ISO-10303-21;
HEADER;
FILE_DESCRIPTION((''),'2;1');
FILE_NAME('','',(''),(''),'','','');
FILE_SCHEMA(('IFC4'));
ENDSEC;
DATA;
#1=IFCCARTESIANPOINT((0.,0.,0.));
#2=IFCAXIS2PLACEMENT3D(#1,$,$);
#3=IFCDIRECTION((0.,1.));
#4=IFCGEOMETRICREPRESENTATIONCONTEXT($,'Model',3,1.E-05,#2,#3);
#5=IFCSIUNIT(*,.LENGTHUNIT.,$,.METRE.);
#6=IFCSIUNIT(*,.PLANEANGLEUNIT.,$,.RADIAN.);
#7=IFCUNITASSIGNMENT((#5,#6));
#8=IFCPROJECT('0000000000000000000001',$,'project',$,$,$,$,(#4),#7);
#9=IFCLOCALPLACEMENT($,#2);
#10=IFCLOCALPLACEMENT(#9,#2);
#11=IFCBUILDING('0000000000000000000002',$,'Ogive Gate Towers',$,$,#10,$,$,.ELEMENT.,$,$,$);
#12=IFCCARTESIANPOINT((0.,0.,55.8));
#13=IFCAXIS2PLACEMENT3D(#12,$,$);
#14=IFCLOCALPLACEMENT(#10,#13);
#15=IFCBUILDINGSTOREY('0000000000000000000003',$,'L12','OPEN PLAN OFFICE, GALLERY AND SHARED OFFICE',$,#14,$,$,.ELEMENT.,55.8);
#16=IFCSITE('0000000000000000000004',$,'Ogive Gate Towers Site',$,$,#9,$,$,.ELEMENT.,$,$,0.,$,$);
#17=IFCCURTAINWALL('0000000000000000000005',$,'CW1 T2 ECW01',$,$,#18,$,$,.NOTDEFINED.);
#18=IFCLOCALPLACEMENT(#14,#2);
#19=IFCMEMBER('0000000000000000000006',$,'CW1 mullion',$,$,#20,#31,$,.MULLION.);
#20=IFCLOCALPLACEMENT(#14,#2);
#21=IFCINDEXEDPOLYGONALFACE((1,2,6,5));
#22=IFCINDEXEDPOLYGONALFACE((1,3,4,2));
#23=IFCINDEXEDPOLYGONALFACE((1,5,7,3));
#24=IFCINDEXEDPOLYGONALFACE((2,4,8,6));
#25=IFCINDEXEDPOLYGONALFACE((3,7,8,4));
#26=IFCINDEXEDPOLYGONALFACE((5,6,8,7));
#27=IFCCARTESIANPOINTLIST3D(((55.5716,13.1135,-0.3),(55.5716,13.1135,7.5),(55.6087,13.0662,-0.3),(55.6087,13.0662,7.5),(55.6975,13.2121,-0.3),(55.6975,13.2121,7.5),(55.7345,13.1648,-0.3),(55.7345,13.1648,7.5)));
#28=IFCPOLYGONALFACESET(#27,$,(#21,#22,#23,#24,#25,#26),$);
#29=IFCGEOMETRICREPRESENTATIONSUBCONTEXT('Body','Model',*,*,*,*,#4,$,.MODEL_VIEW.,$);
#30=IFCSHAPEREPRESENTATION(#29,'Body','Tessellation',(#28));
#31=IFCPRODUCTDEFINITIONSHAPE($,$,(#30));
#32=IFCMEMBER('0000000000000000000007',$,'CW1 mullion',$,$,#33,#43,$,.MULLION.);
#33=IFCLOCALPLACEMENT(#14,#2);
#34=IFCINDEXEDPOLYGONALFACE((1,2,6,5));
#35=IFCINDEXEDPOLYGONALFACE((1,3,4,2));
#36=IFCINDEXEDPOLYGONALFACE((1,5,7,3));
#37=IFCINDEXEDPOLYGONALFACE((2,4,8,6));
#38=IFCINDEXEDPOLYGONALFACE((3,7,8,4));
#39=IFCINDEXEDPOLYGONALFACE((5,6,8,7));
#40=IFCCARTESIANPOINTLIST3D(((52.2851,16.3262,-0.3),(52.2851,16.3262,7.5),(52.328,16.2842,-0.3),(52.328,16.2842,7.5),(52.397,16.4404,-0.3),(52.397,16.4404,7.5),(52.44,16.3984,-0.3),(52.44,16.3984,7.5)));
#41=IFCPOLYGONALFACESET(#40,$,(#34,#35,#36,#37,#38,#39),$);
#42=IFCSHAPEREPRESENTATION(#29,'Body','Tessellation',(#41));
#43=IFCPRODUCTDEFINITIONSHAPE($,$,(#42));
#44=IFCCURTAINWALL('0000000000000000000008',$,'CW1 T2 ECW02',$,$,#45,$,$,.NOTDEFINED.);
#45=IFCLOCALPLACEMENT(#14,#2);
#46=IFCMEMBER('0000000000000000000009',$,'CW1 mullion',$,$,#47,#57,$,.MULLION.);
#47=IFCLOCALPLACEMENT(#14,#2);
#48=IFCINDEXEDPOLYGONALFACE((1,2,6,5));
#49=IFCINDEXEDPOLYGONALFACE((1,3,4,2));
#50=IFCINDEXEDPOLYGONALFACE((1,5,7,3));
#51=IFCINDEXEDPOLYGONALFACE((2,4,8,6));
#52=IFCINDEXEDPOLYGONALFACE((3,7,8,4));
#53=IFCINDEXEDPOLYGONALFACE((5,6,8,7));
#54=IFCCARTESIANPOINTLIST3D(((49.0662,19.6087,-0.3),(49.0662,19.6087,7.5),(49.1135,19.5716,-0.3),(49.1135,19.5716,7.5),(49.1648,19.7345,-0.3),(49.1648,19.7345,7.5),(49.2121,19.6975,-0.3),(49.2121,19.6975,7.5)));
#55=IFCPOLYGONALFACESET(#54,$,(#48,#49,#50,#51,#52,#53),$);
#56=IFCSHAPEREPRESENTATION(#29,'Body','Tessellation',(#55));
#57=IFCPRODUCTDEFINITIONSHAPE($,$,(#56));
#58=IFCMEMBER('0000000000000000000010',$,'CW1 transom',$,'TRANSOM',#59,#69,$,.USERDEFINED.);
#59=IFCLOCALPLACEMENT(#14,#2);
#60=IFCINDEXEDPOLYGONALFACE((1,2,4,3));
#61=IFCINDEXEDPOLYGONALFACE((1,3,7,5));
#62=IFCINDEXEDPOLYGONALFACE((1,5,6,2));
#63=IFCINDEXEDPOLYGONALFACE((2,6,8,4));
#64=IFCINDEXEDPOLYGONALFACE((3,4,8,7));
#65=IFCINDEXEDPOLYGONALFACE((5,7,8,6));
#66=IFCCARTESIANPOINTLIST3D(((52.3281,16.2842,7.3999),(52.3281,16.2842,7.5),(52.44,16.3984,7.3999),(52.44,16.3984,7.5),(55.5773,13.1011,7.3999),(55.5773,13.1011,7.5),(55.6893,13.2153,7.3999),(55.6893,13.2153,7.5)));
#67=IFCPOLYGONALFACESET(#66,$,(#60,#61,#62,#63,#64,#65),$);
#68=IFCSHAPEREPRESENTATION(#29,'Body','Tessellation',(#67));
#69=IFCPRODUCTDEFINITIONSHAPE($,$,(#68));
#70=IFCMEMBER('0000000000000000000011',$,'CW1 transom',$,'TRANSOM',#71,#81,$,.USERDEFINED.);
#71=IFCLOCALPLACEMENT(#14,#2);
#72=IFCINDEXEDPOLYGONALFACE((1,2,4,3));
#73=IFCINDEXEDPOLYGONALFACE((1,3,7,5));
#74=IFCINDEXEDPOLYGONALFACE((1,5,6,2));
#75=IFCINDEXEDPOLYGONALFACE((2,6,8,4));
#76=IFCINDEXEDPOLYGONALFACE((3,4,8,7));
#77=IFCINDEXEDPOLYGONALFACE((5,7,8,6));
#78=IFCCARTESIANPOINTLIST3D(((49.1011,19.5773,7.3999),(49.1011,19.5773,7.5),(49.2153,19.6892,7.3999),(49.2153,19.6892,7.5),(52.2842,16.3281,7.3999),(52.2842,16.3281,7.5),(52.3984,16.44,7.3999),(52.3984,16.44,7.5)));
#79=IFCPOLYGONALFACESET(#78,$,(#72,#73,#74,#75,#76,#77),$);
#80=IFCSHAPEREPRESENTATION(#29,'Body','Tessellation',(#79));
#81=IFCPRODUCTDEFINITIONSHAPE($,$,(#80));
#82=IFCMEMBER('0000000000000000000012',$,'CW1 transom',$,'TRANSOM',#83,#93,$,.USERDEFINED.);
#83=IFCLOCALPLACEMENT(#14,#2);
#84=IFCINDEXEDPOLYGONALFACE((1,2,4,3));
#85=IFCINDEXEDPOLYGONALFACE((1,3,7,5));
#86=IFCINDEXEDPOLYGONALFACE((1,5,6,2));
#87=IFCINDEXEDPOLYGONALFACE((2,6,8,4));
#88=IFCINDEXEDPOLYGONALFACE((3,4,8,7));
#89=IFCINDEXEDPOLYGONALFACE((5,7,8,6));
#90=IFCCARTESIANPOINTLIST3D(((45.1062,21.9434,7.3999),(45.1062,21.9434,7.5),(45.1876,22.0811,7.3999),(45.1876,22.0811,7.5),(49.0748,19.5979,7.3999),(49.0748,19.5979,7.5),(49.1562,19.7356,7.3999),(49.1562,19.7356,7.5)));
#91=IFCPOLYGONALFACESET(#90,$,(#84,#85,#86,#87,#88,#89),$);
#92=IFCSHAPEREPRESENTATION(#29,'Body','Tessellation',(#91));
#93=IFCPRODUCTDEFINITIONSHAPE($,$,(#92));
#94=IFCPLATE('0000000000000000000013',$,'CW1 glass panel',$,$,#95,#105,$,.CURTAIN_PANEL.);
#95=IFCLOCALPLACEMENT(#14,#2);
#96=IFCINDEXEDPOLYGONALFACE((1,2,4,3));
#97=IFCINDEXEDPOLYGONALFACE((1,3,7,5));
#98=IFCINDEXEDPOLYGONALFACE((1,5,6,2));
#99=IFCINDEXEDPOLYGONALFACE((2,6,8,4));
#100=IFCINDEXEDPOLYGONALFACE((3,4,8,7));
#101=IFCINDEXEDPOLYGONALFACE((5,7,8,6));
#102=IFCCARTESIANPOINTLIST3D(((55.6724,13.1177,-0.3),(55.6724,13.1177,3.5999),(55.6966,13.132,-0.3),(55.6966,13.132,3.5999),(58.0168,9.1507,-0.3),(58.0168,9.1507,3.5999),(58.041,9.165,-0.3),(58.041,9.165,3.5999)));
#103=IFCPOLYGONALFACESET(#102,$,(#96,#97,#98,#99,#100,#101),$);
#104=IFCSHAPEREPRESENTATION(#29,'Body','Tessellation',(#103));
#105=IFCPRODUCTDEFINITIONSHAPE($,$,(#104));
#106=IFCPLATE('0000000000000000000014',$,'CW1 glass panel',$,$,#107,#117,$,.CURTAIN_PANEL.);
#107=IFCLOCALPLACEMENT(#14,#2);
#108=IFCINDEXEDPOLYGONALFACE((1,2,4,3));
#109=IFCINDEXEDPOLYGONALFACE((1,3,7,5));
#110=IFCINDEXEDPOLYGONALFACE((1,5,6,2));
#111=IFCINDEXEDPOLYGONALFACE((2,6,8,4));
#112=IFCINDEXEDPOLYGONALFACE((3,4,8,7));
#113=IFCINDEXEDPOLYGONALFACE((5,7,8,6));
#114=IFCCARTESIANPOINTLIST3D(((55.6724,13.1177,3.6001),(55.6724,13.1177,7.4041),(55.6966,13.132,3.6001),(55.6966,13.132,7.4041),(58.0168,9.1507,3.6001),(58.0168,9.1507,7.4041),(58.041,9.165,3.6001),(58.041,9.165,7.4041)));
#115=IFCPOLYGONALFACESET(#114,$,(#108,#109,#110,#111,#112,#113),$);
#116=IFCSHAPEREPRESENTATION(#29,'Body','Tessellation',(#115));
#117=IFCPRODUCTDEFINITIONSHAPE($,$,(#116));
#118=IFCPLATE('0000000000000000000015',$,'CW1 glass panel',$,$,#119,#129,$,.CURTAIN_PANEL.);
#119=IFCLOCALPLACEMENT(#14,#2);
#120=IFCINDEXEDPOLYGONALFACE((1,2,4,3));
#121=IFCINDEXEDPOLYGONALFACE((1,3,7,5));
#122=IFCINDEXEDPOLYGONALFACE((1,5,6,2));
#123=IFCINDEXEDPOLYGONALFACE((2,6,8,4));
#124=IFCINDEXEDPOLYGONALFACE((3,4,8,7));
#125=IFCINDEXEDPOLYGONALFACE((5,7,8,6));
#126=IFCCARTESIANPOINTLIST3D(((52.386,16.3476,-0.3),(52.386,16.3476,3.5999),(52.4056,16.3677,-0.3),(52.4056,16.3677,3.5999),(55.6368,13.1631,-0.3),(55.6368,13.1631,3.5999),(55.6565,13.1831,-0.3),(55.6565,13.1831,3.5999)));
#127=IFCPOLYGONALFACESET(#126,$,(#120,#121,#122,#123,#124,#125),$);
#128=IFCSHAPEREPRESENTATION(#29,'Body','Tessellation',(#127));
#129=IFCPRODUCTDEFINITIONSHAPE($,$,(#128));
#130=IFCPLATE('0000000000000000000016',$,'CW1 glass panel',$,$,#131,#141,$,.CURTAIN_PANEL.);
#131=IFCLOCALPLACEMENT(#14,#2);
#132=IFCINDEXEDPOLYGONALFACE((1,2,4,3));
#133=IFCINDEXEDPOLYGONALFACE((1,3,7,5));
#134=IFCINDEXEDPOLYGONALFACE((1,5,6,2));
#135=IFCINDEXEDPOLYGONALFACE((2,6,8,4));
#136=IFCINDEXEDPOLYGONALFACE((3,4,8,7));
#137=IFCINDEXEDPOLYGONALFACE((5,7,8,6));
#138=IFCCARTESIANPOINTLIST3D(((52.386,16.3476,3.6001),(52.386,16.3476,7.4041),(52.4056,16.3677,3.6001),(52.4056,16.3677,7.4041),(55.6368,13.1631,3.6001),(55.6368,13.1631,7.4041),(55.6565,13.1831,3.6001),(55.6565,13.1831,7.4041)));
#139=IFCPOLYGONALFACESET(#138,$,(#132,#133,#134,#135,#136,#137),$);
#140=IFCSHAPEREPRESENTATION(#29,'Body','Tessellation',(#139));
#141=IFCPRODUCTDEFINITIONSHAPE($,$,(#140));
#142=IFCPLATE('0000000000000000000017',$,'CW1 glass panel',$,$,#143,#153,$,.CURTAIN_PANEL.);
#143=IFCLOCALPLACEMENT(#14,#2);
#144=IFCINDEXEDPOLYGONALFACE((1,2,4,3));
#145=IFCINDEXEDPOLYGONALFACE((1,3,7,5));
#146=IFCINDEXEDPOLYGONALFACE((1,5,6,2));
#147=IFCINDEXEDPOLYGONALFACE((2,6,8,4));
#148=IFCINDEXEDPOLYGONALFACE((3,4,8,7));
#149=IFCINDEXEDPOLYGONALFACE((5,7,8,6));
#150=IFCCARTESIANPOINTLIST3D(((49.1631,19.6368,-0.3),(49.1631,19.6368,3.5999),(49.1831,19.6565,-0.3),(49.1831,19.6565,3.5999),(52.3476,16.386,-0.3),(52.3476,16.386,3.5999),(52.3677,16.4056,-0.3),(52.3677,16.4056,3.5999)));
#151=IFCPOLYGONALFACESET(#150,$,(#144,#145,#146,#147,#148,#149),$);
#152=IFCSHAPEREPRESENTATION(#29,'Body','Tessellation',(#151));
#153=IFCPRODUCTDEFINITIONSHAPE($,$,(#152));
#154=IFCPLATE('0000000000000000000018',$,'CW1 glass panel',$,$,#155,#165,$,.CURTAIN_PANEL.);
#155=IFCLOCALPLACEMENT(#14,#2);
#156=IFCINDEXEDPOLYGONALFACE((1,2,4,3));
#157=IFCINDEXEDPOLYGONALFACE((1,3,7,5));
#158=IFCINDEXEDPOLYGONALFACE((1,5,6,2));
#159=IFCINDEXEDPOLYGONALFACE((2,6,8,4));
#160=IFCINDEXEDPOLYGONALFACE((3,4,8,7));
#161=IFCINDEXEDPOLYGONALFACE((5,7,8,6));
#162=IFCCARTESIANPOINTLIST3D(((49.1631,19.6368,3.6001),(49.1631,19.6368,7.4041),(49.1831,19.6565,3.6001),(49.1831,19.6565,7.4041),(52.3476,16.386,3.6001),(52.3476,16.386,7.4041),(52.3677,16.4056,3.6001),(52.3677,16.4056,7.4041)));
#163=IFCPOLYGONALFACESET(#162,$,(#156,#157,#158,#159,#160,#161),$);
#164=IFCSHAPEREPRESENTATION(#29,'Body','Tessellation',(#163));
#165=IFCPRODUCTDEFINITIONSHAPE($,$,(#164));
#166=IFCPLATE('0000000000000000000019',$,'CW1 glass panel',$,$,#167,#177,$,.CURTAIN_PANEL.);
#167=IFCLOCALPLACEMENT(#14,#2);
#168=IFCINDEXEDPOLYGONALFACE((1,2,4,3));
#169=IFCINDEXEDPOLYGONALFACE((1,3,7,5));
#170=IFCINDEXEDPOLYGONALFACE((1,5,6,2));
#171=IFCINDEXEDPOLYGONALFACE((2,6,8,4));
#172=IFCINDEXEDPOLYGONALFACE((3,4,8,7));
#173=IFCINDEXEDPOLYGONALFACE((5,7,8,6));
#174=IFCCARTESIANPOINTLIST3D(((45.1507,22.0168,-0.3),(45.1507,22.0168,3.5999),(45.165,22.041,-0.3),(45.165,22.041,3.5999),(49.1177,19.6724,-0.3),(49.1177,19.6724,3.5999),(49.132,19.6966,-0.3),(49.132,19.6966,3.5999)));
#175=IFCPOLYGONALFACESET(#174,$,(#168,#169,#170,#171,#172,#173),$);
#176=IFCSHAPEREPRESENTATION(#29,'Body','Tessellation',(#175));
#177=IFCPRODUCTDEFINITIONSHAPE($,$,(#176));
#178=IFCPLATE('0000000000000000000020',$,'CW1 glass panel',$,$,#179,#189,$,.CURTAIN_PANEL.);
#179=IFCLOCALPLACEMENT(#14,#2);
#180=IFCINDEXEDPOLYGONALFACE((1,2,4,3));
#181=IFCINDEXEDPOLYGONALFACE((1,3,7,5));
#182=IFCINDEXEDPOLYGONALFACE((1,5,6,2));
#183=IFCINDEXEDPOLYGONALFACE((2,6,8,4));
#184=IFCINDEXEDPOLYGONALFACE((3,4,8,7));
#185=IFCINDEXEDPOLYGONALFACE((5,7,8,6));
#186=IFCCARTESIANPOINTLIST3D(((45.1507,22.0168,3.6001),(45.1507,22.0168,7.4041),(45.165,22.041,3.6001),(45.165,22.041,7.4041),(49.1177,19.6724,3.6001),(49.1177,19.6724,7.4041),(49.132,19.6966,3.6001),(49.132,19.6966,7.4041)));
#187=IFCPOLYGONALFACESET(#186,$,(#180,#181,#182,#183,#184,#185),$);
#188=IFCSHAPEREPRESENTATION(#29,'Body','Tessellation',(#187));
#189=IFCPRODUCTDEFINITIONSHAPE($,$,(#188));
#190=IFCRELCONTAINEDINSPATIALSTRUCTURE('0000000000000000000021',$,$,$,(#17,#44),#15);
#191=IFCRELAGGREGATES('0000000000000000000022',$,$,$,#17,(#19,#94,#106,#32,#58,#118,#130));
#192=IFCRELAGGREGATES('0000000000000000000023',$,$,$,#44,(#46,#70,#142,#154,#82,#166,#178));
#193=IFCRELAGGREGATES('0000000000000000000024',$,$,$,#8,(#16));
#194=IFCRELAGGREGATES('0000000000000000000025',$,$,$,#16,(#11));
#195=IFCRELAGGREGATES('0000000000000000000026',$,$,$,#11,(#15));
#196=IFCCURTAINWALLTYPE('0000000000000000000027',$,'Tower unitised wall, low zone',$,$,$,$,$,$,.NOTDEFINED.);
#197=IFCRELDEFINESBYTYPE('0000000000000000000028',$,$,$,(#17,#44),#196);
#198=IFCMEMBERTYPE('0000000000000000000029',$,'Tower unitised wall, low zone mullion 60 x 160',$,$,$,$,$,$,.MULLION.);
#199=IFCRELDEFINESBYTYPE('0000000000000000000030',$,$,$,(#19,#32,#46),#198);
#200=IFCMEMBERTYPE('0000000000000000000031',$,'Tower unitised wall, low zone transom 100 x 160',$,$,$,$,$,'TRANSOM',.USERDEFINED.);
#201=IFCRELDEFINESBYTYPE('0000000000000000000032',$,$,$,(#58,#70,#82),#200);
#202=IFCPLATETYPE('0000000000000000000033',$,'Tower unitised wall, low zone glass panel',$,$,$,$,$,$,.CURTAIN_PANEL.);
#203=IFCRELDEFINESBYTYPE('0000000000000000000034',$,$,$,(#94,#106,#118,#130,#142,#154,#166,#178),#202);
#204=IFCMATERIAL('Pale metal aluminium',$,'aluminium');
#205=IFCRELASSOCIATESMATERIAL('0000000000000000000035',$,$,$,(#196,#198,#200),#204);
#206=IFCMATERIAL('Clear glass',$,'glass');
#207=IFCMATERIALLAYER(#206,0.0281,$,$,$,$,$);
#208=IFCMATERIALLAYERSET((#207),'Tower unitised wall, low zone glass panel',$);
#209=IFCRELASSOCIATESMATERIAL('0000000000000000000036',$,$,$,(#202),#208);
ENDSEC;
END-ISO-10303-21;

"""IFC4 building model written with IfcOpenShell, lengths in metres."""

from ifc_helpers import new_model, si_unit, direction, frame, origin, origin_2d, place, context, subcontext, project, spatial, rectangle, extrude, material, layer, layer_set, material_profile, profile_set, type_object, element, aggregate, save


model = new_model("IFC4")

# Units and contexts
model_context = context("Model", 3, precision=1e-05, world=origin(), true_north=direction((0.0, 1.0)))
body_context = subcontext(model_context, "Body", "Model", "MODEL_VIEW")
ifc_project = project(units=[si_unit("LENGTHUNIT", "METRE"), si_unit("PLANEANGLEUNIT", "RADIAN")], contexts=[model_context])

# Site, building, storey
site_placement = place(None, origin())
site = spatial("IfcSite", under=ifc_project, at=site_placement, Name="Ogive Gate Towers Site", CompositionType="ELEMENT", RefElevation=0.0)
building_placement = place(site_placement, origin())
building = spatial("IfcBuilding", under=site, at=building_placement, Name="Ogive Gate Towers", CompositionType="ELEMENT")
storey_placement = place(building_placement, frame((0.0, 0.0, 55.8)))
storey = spatial("IfcBuildingStorey", under=building, at=storey_placement, Name="L12", Description="OPEN PLAN OFFICE, GALLERY AND SHARED OFFICE", CompositionType="ELEMENT", Elevation=55.8)

# Curtain wall, members
ifc_material_1 = material(Name="Pale metal aluminium", Category="aluminium")
curtain_wall_type = type_object("IfcCurtainWallType", Name="Tower unitised wall, low zone", PredefinedType="NOTDEFINED", material=ifc_material_1)
curtain_wall_1_placement = place(storey_placement, origin())
curtain_wall_1 = element("IfcCurtainWall", 1, at=curtain_wall_1_placement, inside=storey, type_object=curtain_wall_type, Name="CW1 T2 ECW01", PredefinedType="NOTDEFINED")
ifc_material_profile_1 = material_profile(ifc_material_1, rectangle(XDim=0.1599, YDim=0.0601, at=origin_2d()), Name="60 x 160 aluminium box")
ifc_profile_set_1 = profile_set([ifc_material_profile_1], Name="Pale metal aluminium")
member_type_1 = type_object("IfcMemberType", Name="Tower unitised wall, low zone mullion 60 x 160", PredefinedType="MULLION", material=ifc_profile_set_1)
member_1_placement = place(storey_placement, frame((55.6531, 13.1392, -0.3), z_axis=(0.0, 0.0, 1.0), x_axis=(0.787086, 0.616844, 0.0)))
member_1 = element("IfcMember", 2, at=member_1_placement, type_object=member_type_1, Name="CW1 mullion", PredefinedType="MULLION", context=body_context, shape_type="SweptSolid", body=[
    extrude(rectangle(XDim=0.1599, YDim=0.0601, at=origin_2d()), origin(), (0.0, 0.0, 1.0), 7.8),
])
member_2_placement = place(storey_placement, frame((52.3625, 16.3623, -0.3), z_axis=(0.0, 0.0, 1.0), x_axis=(0.699788, 0.714351, 0.0)))
member_2 = element("IfcMember", 3, at=member_2_placement, type_object=member_type_1, Name="CW1 mullion", PredefinedType="MULLION", context=body_context, shape_type="SweptSolid", body=[
    extrude(rectangle(XDim=0.1599, YDim=0.0601, at=origin_2d()), origin(), (0.0, 0.0, 1.0), 7.8),
])

# Curtain wall, member
curtain_wall_2_placement = place(storey_placement, origin())
curtain_wall_2 = element("IfcCurtainWall", 4, at=curtain_wall_2_placement, inside=storey, type_object=curtain_wall_type, Name="CW1 T2 ECW02", PredefinedType="NOTDEFINED")
member_3_placement = place(storey_placement, frame((49.1392, 19.6531, -0.3), z_axis=(0.0, 0.0, 1.0), x_axis=(0.616844, 0.787086, 0.0)))
member_3 = element("IfcMember", 5, at=member_3_placement, type_object=member_type_1, Name="CW1 mullion", PredefinedType="MULLION", context=body_context, shape_type="SweptSolid", body=[
    extrude(rectangle(XDim=0.1599, YDim=0.0601, at=origin_2d()), origin(), (0.0, 0.0, 1.0), 7.8),
])

# Members
ifc_material_profile_2 = material_profile(ifc_material_1, rectangle(XDim=0.1599, YDim=0.1001, at=origin_2d()), Name="100 x 160 aluminium box")
ifc_profile_set_2 = profile_set([ifc_material_profile_2], Name="Pale metal aluminium")
member_type_2 = type_object("IfcMemberType", Name="Tower unitised wall, low zone transom 100 x 160", ElementType="TRANSOM", PredefinedType="USERDEFINED", material=ifc_profile_set_2)
member_4_placement = place(storey_placement, frame((55.6333, 13.1582, 7.45), z_axis=(-0.714342, 0.699797, 0.0), x_axis=(-0.699797, -0.714342, 0.0)))
member_4 = element("IfcMember", 6, at=member_4_placement, type_object=member_type_2, Name="CW1 transom", ObjectType="TRANSOM", PredefinedType="USERDEFINED", context=body_context, shape_type="SweptSolid", body=[
    extrude(rectangle(XDim=0.1599, YDim=0.1001, at=origin_2d()), origin(), (0.0, 0.0, 1.0), 4.5486),
])
member_5_placement = place(storey_placement, frame((52.3413, 16.384, 7.45), z_axis=(-0.699797, 0.714342, 0.0), x_axis=(-0.714342, -0.699797, 0.0)))
member_5 = element("IfcMember", 7, at=member_5_placement, type_object=member_type_2, Name="CW1 transom", ObjectType="TRANSOM", PredefinedType="USERDEFINED", context=body_context, shape_type="SweptSolid", body=[
    extrude(rectangle(XDim=0.1599, YDim=0.1001, at=origin_2d()), origin(), (0.0, 0.0, 1.0), 4.5486),
])
member_6_placement = place(storey_placement, frame((49.1155, 19.6667, 7.45), z_axis=(-0.860885, 0.508799, 0.0), x_axis=(-0.508799, -0.860885, 0.0)))
member_6 = element("IfcMember", 8, at=member_6_placement, type_object=member_type_2, Name="CW1 transom", ObjectType="TRANSOM", PredefinedType="USERDEFINED", context=body_context, shape_type="SweptSolid", body=[
    extrude(rectangle(XDim=0.1599, YDim=0.1001, at=origin_2d()), origin(), (0.0, 0.0, 1.0), 4.6099),
])

# Plates
ifc_material_2 = material(Name="Clear glass", Category="glass")
ifc_layer_1 = layer(ifc_material_2, 0.0281)
ifc_layer_set_1 = layer_set([ifc_layer_1], Name="Tower unitised wall, low zone glass panel")
plate_type = type_object("IfcPlateType", Name="Tower unitised wall, low zone glass panel", PredefinedType="CURTAIN_PANEL", material=ifc_layer_set_1)
plate_1_placement = place(storey_placement, frame((56.8567, 11.1414, -0.3), z_axis=(0.0, 0.0, 1.0), x_axis=(-0.508771, 0.860902, 0.0)))
plate_1 = element("IfcPlate", 9, at=plate_1_placement, type_object=plate_type, Name="CW1 glass panel", PredefinedType="CURTAIN_PANEL", context=body_context, shape_type="SweptSolid", body=[
    extrude(rectangle(XDim=4.6079, YDim=0.0281, at=origin_2d()), origin(), (0.0, 0.0, 1.0), 3.8999),
])
plate_2_placement = place(storey_placement, frame((56.8567, 11.1414, 3.6001), z_axis=(0.0, 0.0, 1.0), x_axis=(-0.508771, 0.860902, 0.0)))
plate_2 = element("IfcPlate", 10, at=plate_2_placement, type_object=plate_type, Name="CW1 glass panel", PredefinedType="CURTAIN_PANEL", context=body_context, shape_type="SweptSolid", body=[
    extrude(rectangle(XDim=4.6079, YDim=0.0281, at=origin_2d()), origin(), (0.0, 0.0, 1.0), 3.804),
])
plate_3_placement = place(storey_placement, frame((54.0212, 14.7654, -0.3), z_axis=(0.0, 0.0, 1.0), x_axis=(-0.714351, 0.699788, 0.0)))
plate_3 = element("IfcPlate", 11, at=plate_3_placement, type_object=plate_type, Name="CW1 glass panel", PredefinedType="CURTAIN_PANEL", context=body_context, shape_type="SweptSolid", body=[
    extrude(rectangle(XDim=4.5508, YDim=0.0281, at=origin_2d()), origin(), (0.0, 0.0, 1.0), 3.8999),
])
plate_4_placement = place(storey_placement, frame((54.0212, 14.7654, 3.6001), z_axis=(0.0, 0.0, 1.0), x_axis=(-0.714351, 0.699788, 0.0)))
plate_4 = element("IfcPlate", 12, at=plate_4_placement, type_object=plate_type, Name="CW1 glass panel", PredefinedType="CURTAIN_PANEL", context=body_context, shape_type="SweptSolid", body=[
    extrude(rectangle(XDim=4.5508, YDim=0.0281, at=origin_2d()), origin(), (0.0, 0.0, 1.0), 3.804),
])
aggregate(curtain_wall_1, [member_1, plate_1, plate_2, member_2, member_4, plate_3, plate_4])
plate_5_placement = place(storey_placement, frame((50.7654, 18.0212, -0.3), z_axis=(0.0, 0.0, 1.0), x_axis=(-0.699788, 0.714351, 0.0)))
plate_5 = element("IfcPlate", 13, at=plate_5_placement, type_object=plate_type, Name="CW1 glass panel", PredefinedType="CURTAIN_PANEL", context=body_context, shape_type="SweptSolid", body=[
    extrude(rectangle(XDim=4.5508, YDim=0.0281, at=origin_2d()), origin(), (0.0, 0.0, 1.0), 3.8999),
])
plate_6_placement = place(storey_placement, frame((50.7654, 18.0212, 3.6001), z_axis=(0.0, 0.0, 1.0), x_axis=(-0.699788, 0.714351, 0.0)))
plate_6 = element("IfcPlate", 14, at=plate_6_placement, type_object=plate_type, Name="CW1 glass panel", PredefinedType="CURTAIN_PANEL", context=body_context, shape_type="SweptSolid", body=[
    extrude(rectangle(XDim=4.5508, YDim=0.0281, at=origin_2d()), origin(), (0.0, 0.0, 1.0), 3.804),
])
plate_7_placement = place(storey_placement, frame((47.1414, 20.8567, -0.3), z_axis=(0.0, 0.0, 1.0), x_axis=(-0.860902, 0.508771, 0.0)))
plate_7 = element("IfcPlate", 15, at=plate_7_placement, type_object=plate_type, Name="CW1 glass panel", PredefinedType="CURTAIN_PANEL", context=body_context, shape_type="SweptSolid", body=[
    extrude(rectangle(XDim=4.6079, YDim=0.0281, at=origin_2d()), origin(), (0.0, 0.0, 1.0), 3.8999),
])
plate_8_placement = place(storey_placement, frame((47.1414, 20.8567, 3.6001), z_axis=(0.0, 0.0, 1.0), x_axis=(-0.860902, 0.508771, 0.0)))
plate_8 = element("IfcPlate", 16, at=plate_8_placement, type_object=plate_type, Name="CW1 glass panel", PredefinedType="CURTAIN_PANEL", context=body_context, shape_type="SweptSolid", body=[
    extrude(rectangle(XDim=4.6079, YDim=0.0281, at=origin_2d()), origin(), (0.0, 0.0, 1.0), 3.804),
])
aggregate(curtain_wall_2, [member_3, member_5, plate_5, plate_6, member_6, plate_7, plate_8])

save(model, "model.ifc")
